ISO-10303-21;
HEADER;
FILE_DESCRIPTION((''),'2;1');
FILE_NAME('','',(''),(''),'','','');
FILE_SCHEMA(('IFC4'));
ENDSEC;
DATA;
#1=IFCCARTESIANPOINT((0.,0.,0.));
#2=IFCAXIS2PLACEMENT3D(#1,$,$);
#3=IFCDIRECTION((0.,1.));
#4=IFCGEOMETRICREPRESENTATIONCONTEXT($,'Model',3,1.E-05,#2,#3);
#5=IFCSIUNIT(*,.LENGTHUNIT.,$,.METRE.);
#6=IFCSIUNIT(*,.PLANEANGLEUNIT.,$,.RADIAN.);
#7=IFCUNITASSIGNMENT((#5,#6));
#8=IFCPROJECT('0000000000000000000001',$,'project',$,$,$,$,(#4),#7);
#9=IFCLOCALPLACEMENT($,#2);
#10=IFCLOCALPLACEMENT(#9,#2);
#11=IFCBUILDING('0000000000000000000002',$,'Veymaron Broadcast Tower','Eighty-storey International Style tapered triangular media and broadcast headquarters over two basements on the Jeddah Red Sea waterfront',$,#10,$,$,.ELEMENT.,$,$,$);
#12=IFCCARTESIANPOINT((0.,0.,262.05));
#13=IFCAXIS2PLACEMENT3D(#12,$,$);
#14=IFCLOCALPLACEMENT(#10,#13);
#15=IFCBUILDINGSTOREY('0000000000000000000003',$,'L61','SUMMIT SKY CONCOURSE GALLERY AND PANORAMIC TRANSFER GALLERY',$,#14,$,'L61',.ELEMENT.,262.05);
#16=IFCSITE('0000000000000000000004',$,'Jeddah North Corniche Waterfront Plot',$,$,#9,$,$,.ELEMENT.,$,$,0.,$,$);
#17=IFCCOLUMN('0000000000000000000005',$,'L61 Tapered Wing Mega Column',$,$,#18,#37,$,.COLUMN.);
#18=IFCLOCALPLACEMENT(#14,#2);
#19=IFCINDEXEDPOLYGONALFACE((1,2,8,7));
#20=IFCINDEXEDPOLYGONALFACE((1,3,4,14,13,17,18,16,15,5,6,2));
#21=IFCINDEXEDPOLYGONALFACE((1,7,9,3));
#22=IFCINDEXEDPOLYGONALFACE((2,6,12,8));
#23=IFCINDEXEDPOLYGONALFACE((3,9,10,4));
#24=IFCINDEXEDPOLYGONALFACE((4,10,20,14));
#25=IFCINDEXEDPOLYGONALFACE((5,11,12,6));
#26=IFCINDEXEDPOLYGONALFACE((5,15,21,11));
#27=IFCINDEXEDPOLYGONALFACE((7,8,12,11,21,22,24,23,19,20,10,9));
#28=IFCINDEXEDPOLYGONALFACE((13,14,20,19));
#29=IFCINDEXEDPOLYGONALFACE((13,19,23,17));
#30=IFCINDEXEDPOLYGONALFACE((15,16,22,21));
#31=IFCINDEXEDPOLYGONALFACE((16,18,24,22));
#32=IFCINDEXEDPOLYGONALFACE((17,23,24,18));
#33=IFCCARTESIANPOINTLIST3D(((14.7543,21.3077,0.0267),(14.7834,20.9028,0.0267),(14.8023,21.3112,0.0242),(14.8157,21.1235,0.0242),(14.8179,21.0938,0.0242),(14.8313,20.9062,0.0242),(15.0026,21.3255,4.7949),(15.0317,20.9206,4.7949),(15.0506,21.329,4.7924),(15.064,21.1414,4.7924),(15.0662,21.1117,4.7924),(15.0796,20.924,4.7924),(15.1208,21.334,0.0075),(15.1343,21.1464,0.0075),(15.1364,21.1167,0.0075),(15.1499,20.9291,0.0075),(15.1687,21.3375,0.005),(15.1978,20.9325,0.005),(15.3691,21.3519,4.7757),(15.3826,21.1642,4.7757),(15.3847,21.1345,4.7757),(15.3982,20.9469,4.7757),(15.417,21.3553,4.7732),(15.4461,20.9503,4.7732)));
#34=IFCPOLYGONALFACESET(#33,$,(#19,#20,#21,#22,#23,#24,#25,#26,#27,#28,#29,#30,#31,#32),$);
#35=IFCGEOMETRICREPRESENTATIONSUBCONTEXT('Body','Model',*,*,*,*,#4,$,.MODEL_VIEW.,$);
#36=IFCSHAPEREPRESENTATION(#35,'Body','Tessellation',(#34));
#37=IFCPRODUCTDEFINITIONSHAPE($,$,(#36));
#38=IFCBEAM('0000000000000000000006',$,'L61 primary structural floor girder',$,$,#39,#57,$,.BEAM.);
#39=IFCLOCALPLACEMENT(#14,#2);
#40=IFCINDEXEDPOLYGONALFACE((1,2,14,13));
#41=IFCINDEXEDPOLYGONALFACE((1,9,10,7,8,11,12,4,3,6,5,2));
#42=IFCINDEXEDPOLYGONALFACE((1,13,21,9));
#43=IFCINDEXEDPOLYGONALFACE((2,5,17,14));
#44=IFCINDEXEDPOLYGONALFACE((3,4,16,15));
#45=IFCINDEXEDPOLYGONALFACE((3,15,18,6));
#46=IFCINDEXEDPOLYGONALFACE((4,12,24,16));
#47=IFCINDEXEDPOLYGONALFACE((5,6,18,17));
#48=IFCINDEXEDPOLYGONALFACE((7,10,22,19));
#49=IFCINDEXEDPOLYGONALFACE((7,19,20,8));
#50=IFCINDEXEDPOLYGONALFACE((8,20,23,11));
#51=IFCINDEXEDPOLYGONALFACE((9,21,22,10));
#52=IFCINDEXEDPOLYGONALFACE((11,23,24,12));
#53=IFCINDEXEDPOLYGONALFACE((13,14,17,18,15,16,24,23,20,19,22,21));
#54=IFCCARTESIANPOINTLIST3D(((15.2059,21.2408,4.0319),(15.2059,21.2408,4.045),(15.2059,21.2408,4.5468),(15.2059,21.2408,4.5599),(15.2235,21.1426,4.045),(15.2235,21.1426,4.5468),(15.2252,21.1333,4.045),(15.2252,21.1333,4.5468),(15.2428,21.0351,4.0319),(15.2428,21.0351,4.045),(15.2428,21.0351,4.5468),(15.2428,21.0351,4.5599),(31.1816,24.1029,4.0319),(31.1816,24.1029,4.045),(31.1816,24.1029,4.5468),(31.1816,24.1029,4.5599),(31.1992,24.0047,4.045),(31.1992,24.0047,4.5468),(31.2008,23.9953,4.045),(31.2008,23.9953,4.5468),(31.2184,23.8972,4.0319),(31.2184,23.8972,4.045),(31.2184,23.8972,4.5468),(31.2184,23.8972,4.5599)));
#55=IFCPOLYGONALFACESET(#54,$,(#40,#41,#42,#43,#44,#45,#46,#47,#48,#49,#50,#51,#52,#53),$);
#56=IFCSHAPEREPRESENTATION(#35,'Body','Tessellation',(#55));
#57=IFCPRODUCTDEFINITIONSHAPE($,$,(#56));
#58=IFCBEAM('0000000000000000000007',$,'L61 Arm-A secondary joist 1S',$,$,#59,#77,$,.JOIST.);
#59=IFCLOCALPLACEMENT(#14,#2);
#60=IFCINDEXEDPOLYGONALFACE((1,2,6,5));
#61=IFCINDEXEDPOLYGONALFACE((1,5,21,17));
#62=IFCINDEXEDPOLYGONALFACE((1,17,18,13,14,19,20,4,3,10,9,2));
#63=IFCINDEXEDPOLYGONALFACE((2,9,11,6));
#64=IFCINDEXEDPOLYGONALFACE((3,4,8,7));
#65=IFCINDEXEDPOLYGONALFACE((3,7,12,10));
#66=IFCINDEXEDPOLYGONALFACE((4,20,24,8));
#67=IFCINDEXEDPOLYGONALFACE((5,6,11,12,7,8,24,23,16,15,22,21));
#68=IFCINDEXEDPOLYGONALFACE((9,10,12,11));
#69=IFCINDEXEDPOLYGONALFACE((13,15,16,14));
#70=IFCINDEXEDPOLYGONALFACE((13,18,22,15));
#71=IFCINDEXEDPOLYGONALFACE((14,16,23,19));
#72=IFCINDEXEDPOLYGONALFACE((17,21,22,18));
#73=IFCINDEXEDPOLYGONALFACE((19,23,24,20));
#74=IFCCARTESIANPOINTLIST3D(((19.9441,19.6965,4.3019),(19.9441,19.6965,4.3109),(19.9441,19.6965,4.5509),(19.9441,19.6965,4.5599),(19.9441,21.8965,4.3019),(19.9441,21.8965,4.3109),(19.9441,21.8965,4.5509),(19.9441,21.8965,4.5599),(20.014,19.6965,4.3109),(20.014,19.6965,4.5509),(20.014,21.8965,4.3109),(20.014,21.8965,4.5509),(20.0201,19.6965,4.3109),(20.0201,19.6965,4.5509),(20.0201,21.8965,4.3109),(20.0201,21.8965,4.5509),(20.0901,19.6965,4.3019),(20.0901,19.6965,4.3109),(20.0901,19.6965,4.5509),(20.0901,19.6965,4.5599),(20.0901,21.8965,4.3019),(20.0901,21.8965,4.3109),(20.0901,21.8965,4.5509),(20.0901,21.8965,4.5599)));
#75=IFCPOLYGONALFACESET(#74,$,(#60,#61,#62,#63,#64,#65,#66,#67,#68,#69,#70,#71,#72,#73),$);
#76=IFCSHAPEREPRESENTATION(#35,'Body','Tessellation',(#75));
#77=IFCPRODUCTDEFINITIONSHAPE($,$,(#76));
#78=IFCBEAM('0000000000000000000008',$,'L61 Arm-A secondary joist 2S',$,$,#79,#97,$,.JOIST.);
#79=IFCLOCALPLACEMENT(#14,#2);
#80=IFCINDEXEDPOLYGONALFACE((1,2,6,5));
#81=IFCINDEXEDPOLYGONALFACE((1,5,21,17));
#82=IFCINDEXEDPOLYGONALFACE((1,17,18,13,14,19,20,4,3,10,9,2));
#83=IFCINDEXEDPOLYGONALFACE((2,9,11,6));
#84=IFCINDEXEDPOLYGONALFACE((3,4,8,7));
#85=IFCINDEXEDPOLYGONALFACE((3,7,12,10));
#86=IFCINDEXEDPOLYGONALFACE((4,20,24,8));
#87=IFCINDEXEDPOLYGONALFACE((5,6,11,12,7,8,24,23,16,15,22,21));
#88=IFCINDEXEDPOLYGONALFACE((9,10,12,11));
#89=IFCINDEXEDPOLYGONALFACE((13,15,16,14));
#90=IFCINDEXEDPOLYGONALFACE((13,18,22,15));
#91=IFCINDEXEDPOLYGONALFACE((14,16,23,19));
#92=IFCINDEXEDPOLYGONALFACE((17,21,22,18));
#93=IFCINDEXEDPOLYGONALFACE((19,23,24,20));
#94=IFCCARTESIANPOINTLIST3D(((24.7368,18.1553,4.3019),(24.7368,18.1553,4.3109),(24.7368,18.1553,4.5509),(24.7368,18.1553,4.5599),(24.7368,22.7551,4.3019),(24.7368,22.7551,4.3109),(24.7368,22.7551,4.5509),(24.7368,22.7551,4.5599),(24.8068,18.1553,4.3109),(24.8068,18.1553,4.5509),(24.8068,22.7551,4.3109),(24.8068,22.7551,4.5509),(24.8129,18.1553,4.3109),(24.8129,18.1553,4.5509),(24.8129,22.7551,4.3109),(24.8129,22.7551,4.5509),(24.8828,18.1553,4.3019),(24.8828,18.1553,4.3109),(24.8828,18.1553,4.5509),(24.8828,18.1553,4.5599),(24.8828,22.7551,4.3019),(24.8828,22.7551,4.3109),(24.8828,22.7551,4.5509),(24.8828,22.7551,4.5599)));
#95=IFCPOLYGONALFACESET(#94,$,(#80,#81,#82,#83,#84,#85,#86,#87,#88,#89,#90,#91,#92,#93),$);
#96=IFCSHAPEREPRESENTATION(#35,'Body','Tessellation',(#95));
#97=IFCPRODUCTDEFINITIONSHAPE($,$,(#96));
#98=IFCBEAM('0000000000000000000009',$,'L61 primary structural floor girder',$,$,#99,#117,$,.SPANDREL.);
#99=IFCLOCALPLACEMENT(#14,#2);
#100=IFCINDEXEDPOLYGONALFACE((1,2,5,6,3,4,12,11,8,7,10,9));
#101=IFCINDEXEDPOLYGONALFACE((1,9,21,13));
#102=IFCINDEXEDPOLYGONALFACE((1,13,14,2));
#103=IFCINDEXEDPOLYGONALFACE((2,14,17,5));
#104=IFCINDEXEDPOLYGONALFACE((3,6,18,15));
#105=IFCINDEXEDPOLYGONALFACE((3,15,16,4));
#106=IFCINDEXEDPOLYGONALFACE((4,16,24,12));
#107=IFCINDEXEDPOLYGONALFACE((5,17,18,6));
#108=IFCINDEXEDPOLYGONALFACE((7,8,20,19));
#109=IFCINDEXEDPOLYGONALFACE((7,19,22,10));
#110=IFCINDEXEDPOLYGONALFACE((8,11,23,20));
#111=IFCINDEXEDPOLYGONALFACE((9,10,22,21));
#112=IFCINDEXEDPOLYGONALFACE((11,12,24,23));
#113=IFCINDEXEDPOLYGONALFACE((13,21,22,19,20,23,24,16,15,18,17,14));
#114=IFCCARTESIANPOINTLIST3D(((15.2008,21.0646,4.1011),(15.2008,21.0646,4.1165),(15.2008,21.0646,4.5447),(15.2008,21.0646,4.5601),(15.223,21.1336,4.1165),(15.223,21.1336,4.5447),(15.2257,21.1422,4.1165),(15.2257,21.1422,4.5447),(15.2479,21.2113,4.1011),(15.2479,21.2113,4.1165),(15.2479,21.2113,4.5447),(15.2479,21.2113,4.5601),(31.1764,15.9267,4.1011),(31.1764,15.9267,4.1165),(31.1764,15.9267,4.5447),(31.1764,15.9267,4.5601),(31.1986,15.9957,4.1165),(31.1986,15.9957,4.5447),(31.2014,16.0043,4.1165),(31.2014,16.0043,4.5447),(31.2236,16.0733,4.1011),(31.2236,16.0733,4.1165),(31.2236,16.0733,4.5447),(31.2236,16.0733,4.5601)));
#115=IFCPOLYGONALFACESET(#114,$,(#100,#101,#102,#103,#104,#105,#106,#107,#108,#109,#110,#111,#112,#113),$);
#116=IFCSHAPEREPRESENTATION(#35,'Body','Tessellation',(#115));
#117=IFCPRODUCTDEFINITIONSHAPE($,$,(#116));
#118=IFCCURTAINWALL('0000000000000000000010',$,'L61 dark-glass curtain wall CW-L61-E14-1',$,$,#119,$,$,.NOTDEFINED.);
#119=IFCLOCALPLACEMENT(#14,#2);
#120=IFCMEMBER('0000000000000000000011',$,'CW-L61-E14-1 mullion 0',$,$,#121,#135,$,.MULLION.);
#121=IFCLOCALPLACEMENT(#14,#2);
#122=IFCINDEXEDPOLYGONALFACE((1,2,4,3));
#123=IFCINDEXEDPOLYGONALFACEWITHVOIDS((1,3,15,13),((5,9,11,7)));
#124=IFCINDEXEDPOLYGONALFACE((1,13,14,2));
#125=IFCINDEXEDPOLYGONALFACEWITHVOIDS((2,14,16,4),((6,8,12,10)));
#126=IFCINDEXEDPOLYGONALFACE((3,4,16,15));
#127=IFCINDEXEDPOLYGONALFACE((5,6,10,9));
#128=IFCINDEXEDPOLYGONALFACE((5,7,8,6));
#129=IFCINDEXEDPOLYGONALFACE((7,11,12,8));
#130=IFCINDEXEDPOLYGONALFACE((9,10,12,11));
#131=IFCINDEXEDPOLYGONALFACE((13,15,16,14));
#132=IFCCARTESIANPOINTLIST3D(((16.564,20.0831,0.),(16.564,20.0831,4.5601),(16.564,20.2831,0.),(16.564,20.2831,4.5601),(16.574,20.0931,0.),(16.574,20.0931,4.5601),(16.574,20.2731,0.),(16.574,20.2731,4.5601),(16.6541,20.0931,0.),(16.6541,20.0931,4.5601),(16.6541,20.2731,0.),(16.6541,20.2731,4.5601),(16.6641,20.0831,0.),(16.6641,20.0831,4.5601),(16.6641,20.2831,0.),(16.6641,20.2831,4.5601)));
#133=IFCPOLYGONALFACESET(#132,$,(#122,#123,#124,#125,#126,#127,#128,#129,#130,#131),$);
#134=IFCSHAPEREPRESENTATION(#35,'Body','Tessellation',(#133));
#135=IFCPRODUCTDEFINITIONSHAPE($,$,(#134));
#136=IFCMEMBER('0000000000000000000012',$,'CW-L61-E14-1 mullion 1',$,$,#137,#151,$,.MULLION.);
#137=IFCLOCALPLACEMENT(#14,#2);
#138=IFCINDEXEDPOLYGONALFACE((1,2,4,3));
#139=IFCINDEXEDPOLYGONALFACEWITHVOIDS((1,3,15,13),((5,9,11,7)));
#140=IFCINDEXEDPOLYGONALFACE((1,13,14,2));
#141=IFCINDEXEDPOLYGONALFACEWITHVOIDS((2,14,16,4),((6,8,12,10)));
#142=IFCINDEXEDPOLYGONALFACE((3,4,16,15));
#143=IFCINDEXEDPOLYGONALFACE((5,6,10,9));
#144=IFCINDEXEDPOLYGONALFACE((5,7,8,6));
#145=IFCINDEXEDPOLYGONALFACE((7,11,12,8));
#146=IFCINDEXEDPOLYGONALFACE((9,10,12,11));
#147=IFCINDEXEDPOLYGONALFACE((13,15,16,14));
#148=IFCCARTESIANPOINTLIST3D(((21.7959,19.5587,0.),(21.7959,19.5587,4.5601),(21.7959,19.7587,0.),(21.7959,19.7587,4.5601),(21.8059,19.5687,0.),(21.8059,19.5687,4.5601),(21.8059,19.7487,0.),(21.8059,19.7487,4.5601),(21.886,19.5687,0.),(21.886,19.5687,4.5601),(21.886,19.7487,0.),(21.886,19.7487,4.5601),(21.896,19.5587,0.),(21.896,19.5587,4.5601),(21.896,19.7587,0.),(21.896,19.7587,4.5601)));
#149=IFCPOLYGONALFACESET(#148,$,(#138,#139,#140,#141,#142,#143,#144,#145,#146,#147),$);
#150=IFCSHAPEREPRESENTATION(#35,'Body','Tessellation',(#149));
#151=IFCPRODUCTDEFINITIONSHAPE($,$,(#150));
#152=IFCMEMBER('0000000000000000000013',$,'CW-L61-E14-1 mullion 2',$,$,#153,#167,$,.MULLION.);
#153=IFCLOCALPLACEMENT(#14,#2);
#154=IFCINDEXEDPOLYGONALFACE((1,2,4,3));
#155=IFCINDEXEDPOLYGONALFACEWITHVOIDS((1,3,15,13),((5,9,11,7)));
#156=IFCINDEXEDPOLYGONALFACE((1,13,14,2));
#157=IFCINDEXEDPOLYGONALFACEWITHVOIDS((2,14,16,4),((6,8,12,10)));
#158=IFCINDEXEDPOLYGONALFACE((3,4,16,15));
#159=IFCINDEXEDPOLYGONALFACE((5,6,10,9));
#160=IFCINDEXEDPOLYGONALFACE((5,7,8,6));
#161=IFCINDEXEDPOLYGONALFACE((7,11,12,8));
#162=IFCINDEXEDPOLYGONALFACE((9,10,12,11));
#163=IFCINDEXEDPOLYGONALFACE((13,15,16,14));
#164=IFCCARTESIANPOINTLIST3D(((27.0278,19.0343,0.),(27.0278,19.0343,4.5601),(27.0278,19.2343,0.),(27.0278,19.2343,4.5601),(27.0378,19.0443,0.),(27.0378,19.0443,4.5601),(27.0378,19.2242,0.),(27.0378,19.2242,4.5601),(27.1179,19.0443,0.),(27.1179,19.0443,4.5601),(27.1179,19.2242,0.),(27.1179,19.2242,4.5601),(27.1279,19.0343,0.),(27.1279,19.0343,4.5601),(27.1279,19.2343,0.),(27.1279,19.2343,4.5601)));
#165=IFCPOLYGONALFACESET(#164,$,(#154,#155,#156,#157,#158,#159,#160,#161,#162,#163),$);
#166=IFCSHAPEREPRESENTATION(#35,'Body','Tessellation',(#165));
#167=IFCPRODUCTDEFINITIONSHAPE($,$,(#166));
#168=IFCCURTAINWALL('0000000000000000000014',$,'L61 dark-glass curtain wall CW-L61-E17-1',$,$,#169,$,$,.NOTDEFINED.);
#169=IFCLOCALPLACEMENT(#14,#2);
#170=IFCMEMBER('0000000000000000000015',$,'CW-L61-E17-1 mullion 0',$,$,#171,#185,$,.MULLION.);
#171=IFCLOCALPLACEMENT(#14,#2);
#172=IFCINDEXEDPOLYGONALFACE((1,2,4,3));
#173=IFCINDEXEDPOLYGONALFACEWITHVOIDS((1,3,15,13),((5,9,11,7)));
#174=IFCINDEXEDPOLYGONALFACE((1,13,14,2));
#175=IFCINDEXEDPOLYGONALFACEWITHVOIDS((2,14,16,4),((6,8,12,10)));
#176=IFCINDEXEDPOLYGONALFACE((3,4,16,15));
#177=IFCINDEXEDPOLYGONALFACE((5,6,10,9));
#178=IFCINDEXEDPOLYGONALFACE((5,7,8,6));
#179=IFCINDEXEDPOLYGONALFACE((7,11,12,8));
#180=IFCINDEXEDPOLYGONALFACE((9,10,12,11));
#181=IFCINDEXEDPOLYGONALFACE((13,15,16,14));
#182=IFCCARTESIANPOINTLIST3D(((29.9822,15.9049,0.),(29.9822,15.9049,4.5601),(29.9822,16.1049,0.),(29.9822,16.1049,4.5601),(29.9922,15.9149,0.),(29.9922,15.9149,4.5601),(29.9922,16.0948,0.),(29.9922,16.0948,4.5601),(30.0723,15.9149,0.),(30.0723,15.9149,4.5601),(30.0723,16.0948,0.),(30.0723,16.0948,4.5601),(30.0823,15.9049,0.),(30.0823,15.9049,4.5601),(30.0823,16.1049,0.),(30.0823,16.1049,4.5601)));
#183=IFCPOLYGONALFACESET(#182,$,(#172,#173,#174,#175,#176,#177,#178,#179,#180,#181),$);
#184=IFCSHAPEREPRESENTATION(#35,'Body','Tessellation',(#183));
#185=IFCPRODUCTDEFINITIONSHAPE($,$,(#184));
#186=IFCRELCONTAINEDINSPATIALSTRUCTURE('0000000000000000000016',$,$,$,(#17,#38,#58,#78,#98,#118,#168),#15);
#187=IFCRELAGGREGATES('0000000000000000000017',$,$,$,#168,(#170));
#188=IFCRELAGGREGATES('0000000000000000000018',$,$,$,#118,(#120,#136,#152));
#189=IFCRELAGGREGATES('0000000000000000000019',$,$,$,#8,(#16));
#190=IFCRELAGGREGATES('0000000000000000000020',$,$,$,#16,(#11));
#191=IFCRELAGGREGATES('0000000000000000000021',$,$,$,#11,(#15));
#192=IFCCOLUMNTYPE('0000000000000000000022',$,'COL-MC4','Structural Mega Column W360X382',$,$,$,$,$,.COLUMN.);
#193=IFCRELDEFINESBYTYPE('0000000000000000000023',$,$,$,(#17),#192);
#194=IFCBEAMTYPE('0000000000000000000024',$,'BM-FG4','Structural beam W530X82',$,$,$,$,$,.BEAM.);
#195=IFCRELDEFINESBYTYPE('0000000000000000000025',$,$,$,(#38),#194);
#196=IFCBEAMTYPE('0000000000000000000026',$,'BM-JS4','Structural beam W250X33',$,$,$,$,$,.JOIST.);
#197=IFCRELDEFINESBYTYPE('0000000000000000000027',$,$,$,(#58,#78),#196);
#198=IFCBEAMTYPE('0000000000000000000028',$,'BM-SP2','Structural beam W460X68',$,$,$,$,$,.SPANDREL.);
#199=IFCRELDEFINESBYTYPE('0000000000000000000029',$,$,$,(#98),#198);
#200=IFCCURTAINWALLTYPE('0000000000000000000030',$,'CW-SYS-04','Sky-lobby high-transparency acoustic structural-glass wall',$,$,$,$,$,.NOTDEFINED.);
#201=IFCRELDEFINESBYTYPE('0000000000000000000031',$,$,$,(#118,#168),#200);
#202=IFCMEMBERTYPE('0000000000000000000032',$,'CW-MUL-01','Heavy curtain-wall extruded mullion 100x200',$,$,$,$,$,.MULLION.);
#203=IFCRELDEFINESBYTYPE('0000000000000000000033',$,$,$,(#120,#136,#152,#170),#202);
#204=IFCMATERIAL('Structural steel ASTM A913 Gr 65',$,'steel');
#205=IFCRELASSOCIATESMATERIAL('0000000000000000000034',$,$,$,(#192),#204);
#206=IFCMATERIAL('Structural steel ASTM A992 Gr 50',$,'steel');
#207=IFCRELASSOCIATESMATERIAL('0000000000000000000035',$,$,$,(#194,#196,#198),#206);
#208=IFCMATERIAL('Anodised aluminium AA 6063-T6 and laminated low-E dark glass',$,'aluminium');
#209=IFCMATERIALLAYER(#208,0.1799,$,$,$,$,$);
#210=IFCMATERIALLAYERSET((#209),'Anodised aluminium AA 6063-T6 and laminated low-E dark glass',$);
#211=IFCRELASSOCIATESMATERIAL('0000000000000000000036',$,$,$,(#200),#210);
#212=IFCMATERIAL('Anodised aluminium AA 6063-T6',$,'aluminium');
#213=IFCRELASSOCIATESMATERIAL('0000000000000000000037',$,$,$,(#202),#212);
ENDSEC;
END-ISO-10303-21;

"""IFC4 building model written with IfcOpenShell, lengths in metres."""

from ifc_helpers import new_model, si_unit, direction, frame, origin, origin_2d, place, context, subcontext, project, spatial, hollow_rectangle, i_section, extrude, material, layer, layer_set, material_profile, profile_set, type_object, element, aggregate, save


model = new_model("IFC4")

# Units and contexts
model_context = context("Model", 3, precision=1e-05, world=origin(), true_north=direction((0.0, 1.0)))
body_context = subcontext(model_context, "Body", "Model", "MODEL_VIEW")
ifc_project = project(units=[si_unit("LENGTHUNIT", "METRE"), si_unit("PLANEANGLEUNIT", "RADIAN")], contexts=[model_context])

# Site, building, storey
site_placement = place(None, origin())
site = spatial("IfcSite", under=ifc_project, at=site_placement, Name="Jeddah North Corniche Waterfront Plot", CompositionType="ELEMENT", RefElevation=0.0)
building_placement = place(site_placement, origin())
building = spatial("IfcBuilding", under=site, at=building_placement, Name="Veymaron Broadcast Tower", Description="Eighty-storey International Style tapered triangular media and broadcast headquarters over two basements on the Jeddah Red Sea waterfront", CompositionType="ELEMENT")
storey_placement = place(building_placement, frame((0.0, 0.0, 262.05)))
storey = spatial("IfcBuildingStorey", under=building, at=storey_placement, Name="L61", Description="SUMMIT SKY CONCOURSE GALLERY AND PANORAMIC TRANSFER GALLERY", LongName="L61", CompositionType="ELEMENT", Elevation=262.05)

# Column
ifc_material_1 = material(Name="Structural steel ASTM A913 Gr 65", Category="steel")
ifc_material_profile_1 = material_profile(ifc_material_1, i_section(OverallWidth=0.406, OverallDepth=0.416, WebThickness=0.0298, FlangeThickness=0.0481, at=origin_2d()), Name="W360X382")
ifc_profile_set_1 = profile_set([ifc_material_profile_1], Name="Structural steel ASTM A913 Gr 65")
column_type = type_object("IfcColumnType", Name="COL-MC4", Description="Structural Mega Column W360X382", PredefinedType="COLUMN", material=ifc_profile_set_1)
column_placement = place(storey_placement, frame((14.9761, 21.1201, 0.0159), z_axis=(0.052003, 0.003733, 0.99864), x_axis=(-0.071596, 0.997434, 0.0)))
element("IfcColumn", 1, at=column_placement, inside=storey, type_object=column_type, Name="L61 Tapered Wing Mega Column", PredefinedType="COLUMN", context=body_context, shape_type="SweptSolid", body=[
    extrude(i_section(OverallWidth=0.406, OverallDepth=0.416, WebThickness=0.0298, FlangeThickness=0.0481, at=origin_2d()), origin(), (0.0, 0.0, 1.0), 4.7747),
])

# Beams
ifc_material_2 = material(Name="Structural steel ASTM A992 Gr 50", Category="steel")
ifc_material_profile_2 = material_profile(ifc_material_2, i_section(OverallWidth=0.209, OverallDepth=0.5281, WebThickness=0.0095, FlangeThickness=0.0132, at=origin_2d()), Name="W530X82")
ifc_profile_set_2 = profile_set([ifc_material_profile_2], Name="Structural steel ASTM A992 Gr 50")
beam_type_1 = type_object("IfcBeamType", Name="BM-FG4", Description="Structural beam W530X82", PredefinedType="BEAM", material=ifc_profile_set_2)
beam_1_placement = place(storey_placement, frame((15.2244, 21.1379, 4.2959), z_axis=(0.984328, 0.176345, 0.0), x_axis=(-0.176345, 0.984328, 0.0)))
element("IfcBeam", 2, at=beam_1_placement, inside=storey, type_object=beam_type_1, Name="L61 primary structural floor girder", PredefinedType="BEAM", context=body_context, shape_type="SweptSolid", body=[
    extrude(i_section(OverallWidth=0.209, OverallDepth=0.5281, WebThickness=0.0095, FlangeThickness=0.0132, at=origin_2d()), origin(), (0.0, 0.0, 1.0), 16.23),
])
ifc_material_profile_3 = material_profile(ifc_material_2, i_section(OverallWidth=0.146, OverallDepth=0.2581, WebThickness=0.0061, FlangeThickness=0.009, at=origin_2d()), Name="W250X33")
ifc_profile_set_3 = profile_set([ifc_material_profile_3], Name="Structural steel ASTM A992 Gr 50")
beam_type_2 = type_object("IfcBeamType", Name="BM-JS4", Description="Structural beam W250X33", PredefinedType="JOIST", material=ifc_profile_set_3)
beam_2_placement = place(storey_placement, frame((20.0171, 19.6965, 4.4309), z_axis=(0.0, 1.0, 0.0), x_axis=(-1.0, 0.0, 0.0)))
element("IfcBeam", 3, at=beam_2_placement, inside=storey, type_object=beam_type_2, Name="L61 Arm-A secondary joist 1S", PredefinedType="JOIST", context=body_context, shape_type="SweptSolid", body=[
    extrude(i_section(OverallWidth=0.146, OverallDepth=0.2581, WebThickness=0.0061, FlangeThickness=0.009, at=origin_2d()), origin(), (0.0, 0.0, 1.0), 2.2),
])
beam_3_placement = place(storey_placement, frame((24.8098, 18.1553, 4.4309), z_axis=(0.0, 1.0, 0.0), x_axis=(-1.0, 0.0, 0.0)))
element("IfcBeam", 4, at=beam_3_placement, inside=storey, type_object=beam_type_2, Name="L61 Arm-A secondary joist 2S", PredefinedType="JOIST", context=body_context, shape_type="SweptSolid", body=[
    extrude(i_section(OverallWidth=0.146, OverallDepth=0.2581, WebThickness=0.0061, FlangeThickness=0.009, at=origin_2d()), origin(), (0.0, 0.0, 1.0), 4.5999),
])
ifc_material_profile_4 = material_profile(ifc_material_2, i_section(OverallWidth=0.1541, OverallDepth=0.459, WebThickness=0.009, FlangeThickness=0.0154, at=origin_2d()), Name="W460X68")
ifc_profile_set_4 = profile_set([ifc_material_profile_4], Name="Structural steel ASTM A992 Gr 50")
beam_type_3 = type_object("IfcBeamType", Name="BM-SP2", Description="Structural beam W460X68", PredefinedType="SPANDREL", material=ifc_profile_set_4)
beam_4_placement = place(storey_placement, frame((15.2244, 21.1379, 4.3306), z_axis=(0.951978, -0.306167, 0.0), x_axis=(0.306167, 0.951978, 0.0)))
element("IfcBeam", 5, at=beam_4_placement, inside=storey, type_object=beam_type_3, Name="L61 primary structural floor girder", PredefinedType="SPANDREL", context=body_context, shape_type="SweptSolid", body=[
    extrude(i_section(OverallWidth=0.1541, OverallDepth=0.459, WebThickness=0.009, FlangeThickness=0.0154, at=origin_2d()), origin(), (0.0, 0.0, 1.0), 16.7815),
])

# Curtain wall, members
ifc_material_3 = material(Name="Anodised aluminium AA 6063-T6 and laminated low-E dark glass", Category="aluminium")
ifc_layer_1 = layer(ifc_material_3, 0.1799)
ifc_layer_set_1 = layer_set([ifc_layer_1], Name="Anodised aluminium AA 6063-T6 and laminated low-E dark glass")
curtain_wall_type = type_object("IfcCurtainWallType", Name="CW-SYS-04", Description="Sky-lobby high-transparency acoustic structural-glass wall", PredefinedType="NOTDEFINED", material=ifc_layer_set_1)
curtain_wall_1_placement = place(storey_placement, origin())
curtain_wall_1 = element("IfcCurtainWall", 6, at=curtain_wall_1_placement, inside=storey, type_object=curtain_wall_type, Name="L61 dark-glass curtain wall CW-L61-E14-1", PredefinedType="NOTDEFINED")
ifc_material_4 = material(Name="Anodised aluminium AA 6063-T6", Category="aluminium")
ifc_material_profile_5 = material_profile(ifc_material_4, hollow_rectangle(XDim=0.1001, YDim=0.2, WallThickness=0.01, at=origin_2d()), Name="RHS200X100X10")
ifc_profile_set_5 = profile_set([ifc_material_profile_5], Name="Anodised aluminium AA 6063-T6")
member_type_1 = type_object("IfcMemberType", Name="CW-MUL-01", Description="Heavy curtain-wall extruded mullion 100x200", PredefinedType="MULLION", material=ifc_profile_set_5)
member_1_placement = place(storey_placement, frame((16.614, 20.1831, 0.0), z_axis=(0.0, 0.0, 1.0), x_axis=(1.0, 0.0, 0.0)))
member_1 = element("IfcMember", 7, at=member_1_placement, type_object=member_type_1, Name="CW-L61-E14-1 mullion 0", PredefinedType="MULLION", context=body_context, shape_type="SweptSolid", body=[
    extrude(hollow_rectangle(XDim=0.1001, YDim=0.2, WallThickness=0.01, at=origin_2d()), origin(), (0.0, 0.0, 1.0), 4.5601),
])
member_2_placement = place(storey_placement, frame((21.8459, 19.6587, 0.0), z_axis=(0.0, 0.0, 1.0), x_axis=(1.0, 0.0, 0.0)))
member_2 = element("IfcMember", 8, at=member_2_placement, type_object=member_type_1, Name="CW-L61-E14-1 mullion 1", PredefinedType="MULLION", context=body_context, shape_type="SweptSolid", body=[
    extrude(hollow_rectangle(XDim=0.1001, YDim=0.2, WallThickness=0.01, at=origin_2d()), origin(), (0.0, 0.0, 1.0), 4.5601),
])
member_3_placement = place(storey_placement, frame((27.0779, 19.1343, 0.0), z_axis=(0.0, 0.0, 1.0), x_axis=(1.0, 0.0, 0.0)))
member_3 = element("IfcMember", 9, at=member_3_placement, type_object=member_type_1, Name="CW-L61-E14-1 mullion 2", PredefinedType="MULLION", context=body_context, shape_type="SweptSolid", body=[
    extrude(hollow_rectangle(XDim=0.1001, YDim=0.2, WallThickness=0.01, at=origin_2d()), origin(), (0.0, 0.0, 1.0), 4.5601),
])

# Curtain wall, member
curtain_wall_2_placement = place(storey_placement, origin())
curtain_wall_2 = element("IfcCurtainWall", 10, at=curtain_wall_2_placement, inside=storey, type_object=curtain_wall_type, Name="L61 dark-glass curtain wall CW-L61-E17-1", PredefinedType="NOTDEFINED")
member_4_placement = place(storey_placement, frame((30.0322, 16.0049, 0.0), z_axis=(0.0, 0.0, 1.0), x_axis=(1.0, 0.0, 0.0)))
member_4 = element("IfcMember", 11, at=member_4_placement, type_object=member_type_1, Name="CW-L61-E17-1 mullion 0", PredefinedType="MULLION", context=body_context, shape_type="SweptSolid", body=[
    extrude(hollow_rectangle(XDim=0.1001, YDim=0.2, WallThickness=0.01, at=origin_2d()), origin(), (0.0, 0.0, 1.0), 4.5601),
])

aggregate(curtain_wall_2, [member_4])

aggregate(curtain_wall_1, [member_1, member_2, member_3])

save(model, "model.ifc")
